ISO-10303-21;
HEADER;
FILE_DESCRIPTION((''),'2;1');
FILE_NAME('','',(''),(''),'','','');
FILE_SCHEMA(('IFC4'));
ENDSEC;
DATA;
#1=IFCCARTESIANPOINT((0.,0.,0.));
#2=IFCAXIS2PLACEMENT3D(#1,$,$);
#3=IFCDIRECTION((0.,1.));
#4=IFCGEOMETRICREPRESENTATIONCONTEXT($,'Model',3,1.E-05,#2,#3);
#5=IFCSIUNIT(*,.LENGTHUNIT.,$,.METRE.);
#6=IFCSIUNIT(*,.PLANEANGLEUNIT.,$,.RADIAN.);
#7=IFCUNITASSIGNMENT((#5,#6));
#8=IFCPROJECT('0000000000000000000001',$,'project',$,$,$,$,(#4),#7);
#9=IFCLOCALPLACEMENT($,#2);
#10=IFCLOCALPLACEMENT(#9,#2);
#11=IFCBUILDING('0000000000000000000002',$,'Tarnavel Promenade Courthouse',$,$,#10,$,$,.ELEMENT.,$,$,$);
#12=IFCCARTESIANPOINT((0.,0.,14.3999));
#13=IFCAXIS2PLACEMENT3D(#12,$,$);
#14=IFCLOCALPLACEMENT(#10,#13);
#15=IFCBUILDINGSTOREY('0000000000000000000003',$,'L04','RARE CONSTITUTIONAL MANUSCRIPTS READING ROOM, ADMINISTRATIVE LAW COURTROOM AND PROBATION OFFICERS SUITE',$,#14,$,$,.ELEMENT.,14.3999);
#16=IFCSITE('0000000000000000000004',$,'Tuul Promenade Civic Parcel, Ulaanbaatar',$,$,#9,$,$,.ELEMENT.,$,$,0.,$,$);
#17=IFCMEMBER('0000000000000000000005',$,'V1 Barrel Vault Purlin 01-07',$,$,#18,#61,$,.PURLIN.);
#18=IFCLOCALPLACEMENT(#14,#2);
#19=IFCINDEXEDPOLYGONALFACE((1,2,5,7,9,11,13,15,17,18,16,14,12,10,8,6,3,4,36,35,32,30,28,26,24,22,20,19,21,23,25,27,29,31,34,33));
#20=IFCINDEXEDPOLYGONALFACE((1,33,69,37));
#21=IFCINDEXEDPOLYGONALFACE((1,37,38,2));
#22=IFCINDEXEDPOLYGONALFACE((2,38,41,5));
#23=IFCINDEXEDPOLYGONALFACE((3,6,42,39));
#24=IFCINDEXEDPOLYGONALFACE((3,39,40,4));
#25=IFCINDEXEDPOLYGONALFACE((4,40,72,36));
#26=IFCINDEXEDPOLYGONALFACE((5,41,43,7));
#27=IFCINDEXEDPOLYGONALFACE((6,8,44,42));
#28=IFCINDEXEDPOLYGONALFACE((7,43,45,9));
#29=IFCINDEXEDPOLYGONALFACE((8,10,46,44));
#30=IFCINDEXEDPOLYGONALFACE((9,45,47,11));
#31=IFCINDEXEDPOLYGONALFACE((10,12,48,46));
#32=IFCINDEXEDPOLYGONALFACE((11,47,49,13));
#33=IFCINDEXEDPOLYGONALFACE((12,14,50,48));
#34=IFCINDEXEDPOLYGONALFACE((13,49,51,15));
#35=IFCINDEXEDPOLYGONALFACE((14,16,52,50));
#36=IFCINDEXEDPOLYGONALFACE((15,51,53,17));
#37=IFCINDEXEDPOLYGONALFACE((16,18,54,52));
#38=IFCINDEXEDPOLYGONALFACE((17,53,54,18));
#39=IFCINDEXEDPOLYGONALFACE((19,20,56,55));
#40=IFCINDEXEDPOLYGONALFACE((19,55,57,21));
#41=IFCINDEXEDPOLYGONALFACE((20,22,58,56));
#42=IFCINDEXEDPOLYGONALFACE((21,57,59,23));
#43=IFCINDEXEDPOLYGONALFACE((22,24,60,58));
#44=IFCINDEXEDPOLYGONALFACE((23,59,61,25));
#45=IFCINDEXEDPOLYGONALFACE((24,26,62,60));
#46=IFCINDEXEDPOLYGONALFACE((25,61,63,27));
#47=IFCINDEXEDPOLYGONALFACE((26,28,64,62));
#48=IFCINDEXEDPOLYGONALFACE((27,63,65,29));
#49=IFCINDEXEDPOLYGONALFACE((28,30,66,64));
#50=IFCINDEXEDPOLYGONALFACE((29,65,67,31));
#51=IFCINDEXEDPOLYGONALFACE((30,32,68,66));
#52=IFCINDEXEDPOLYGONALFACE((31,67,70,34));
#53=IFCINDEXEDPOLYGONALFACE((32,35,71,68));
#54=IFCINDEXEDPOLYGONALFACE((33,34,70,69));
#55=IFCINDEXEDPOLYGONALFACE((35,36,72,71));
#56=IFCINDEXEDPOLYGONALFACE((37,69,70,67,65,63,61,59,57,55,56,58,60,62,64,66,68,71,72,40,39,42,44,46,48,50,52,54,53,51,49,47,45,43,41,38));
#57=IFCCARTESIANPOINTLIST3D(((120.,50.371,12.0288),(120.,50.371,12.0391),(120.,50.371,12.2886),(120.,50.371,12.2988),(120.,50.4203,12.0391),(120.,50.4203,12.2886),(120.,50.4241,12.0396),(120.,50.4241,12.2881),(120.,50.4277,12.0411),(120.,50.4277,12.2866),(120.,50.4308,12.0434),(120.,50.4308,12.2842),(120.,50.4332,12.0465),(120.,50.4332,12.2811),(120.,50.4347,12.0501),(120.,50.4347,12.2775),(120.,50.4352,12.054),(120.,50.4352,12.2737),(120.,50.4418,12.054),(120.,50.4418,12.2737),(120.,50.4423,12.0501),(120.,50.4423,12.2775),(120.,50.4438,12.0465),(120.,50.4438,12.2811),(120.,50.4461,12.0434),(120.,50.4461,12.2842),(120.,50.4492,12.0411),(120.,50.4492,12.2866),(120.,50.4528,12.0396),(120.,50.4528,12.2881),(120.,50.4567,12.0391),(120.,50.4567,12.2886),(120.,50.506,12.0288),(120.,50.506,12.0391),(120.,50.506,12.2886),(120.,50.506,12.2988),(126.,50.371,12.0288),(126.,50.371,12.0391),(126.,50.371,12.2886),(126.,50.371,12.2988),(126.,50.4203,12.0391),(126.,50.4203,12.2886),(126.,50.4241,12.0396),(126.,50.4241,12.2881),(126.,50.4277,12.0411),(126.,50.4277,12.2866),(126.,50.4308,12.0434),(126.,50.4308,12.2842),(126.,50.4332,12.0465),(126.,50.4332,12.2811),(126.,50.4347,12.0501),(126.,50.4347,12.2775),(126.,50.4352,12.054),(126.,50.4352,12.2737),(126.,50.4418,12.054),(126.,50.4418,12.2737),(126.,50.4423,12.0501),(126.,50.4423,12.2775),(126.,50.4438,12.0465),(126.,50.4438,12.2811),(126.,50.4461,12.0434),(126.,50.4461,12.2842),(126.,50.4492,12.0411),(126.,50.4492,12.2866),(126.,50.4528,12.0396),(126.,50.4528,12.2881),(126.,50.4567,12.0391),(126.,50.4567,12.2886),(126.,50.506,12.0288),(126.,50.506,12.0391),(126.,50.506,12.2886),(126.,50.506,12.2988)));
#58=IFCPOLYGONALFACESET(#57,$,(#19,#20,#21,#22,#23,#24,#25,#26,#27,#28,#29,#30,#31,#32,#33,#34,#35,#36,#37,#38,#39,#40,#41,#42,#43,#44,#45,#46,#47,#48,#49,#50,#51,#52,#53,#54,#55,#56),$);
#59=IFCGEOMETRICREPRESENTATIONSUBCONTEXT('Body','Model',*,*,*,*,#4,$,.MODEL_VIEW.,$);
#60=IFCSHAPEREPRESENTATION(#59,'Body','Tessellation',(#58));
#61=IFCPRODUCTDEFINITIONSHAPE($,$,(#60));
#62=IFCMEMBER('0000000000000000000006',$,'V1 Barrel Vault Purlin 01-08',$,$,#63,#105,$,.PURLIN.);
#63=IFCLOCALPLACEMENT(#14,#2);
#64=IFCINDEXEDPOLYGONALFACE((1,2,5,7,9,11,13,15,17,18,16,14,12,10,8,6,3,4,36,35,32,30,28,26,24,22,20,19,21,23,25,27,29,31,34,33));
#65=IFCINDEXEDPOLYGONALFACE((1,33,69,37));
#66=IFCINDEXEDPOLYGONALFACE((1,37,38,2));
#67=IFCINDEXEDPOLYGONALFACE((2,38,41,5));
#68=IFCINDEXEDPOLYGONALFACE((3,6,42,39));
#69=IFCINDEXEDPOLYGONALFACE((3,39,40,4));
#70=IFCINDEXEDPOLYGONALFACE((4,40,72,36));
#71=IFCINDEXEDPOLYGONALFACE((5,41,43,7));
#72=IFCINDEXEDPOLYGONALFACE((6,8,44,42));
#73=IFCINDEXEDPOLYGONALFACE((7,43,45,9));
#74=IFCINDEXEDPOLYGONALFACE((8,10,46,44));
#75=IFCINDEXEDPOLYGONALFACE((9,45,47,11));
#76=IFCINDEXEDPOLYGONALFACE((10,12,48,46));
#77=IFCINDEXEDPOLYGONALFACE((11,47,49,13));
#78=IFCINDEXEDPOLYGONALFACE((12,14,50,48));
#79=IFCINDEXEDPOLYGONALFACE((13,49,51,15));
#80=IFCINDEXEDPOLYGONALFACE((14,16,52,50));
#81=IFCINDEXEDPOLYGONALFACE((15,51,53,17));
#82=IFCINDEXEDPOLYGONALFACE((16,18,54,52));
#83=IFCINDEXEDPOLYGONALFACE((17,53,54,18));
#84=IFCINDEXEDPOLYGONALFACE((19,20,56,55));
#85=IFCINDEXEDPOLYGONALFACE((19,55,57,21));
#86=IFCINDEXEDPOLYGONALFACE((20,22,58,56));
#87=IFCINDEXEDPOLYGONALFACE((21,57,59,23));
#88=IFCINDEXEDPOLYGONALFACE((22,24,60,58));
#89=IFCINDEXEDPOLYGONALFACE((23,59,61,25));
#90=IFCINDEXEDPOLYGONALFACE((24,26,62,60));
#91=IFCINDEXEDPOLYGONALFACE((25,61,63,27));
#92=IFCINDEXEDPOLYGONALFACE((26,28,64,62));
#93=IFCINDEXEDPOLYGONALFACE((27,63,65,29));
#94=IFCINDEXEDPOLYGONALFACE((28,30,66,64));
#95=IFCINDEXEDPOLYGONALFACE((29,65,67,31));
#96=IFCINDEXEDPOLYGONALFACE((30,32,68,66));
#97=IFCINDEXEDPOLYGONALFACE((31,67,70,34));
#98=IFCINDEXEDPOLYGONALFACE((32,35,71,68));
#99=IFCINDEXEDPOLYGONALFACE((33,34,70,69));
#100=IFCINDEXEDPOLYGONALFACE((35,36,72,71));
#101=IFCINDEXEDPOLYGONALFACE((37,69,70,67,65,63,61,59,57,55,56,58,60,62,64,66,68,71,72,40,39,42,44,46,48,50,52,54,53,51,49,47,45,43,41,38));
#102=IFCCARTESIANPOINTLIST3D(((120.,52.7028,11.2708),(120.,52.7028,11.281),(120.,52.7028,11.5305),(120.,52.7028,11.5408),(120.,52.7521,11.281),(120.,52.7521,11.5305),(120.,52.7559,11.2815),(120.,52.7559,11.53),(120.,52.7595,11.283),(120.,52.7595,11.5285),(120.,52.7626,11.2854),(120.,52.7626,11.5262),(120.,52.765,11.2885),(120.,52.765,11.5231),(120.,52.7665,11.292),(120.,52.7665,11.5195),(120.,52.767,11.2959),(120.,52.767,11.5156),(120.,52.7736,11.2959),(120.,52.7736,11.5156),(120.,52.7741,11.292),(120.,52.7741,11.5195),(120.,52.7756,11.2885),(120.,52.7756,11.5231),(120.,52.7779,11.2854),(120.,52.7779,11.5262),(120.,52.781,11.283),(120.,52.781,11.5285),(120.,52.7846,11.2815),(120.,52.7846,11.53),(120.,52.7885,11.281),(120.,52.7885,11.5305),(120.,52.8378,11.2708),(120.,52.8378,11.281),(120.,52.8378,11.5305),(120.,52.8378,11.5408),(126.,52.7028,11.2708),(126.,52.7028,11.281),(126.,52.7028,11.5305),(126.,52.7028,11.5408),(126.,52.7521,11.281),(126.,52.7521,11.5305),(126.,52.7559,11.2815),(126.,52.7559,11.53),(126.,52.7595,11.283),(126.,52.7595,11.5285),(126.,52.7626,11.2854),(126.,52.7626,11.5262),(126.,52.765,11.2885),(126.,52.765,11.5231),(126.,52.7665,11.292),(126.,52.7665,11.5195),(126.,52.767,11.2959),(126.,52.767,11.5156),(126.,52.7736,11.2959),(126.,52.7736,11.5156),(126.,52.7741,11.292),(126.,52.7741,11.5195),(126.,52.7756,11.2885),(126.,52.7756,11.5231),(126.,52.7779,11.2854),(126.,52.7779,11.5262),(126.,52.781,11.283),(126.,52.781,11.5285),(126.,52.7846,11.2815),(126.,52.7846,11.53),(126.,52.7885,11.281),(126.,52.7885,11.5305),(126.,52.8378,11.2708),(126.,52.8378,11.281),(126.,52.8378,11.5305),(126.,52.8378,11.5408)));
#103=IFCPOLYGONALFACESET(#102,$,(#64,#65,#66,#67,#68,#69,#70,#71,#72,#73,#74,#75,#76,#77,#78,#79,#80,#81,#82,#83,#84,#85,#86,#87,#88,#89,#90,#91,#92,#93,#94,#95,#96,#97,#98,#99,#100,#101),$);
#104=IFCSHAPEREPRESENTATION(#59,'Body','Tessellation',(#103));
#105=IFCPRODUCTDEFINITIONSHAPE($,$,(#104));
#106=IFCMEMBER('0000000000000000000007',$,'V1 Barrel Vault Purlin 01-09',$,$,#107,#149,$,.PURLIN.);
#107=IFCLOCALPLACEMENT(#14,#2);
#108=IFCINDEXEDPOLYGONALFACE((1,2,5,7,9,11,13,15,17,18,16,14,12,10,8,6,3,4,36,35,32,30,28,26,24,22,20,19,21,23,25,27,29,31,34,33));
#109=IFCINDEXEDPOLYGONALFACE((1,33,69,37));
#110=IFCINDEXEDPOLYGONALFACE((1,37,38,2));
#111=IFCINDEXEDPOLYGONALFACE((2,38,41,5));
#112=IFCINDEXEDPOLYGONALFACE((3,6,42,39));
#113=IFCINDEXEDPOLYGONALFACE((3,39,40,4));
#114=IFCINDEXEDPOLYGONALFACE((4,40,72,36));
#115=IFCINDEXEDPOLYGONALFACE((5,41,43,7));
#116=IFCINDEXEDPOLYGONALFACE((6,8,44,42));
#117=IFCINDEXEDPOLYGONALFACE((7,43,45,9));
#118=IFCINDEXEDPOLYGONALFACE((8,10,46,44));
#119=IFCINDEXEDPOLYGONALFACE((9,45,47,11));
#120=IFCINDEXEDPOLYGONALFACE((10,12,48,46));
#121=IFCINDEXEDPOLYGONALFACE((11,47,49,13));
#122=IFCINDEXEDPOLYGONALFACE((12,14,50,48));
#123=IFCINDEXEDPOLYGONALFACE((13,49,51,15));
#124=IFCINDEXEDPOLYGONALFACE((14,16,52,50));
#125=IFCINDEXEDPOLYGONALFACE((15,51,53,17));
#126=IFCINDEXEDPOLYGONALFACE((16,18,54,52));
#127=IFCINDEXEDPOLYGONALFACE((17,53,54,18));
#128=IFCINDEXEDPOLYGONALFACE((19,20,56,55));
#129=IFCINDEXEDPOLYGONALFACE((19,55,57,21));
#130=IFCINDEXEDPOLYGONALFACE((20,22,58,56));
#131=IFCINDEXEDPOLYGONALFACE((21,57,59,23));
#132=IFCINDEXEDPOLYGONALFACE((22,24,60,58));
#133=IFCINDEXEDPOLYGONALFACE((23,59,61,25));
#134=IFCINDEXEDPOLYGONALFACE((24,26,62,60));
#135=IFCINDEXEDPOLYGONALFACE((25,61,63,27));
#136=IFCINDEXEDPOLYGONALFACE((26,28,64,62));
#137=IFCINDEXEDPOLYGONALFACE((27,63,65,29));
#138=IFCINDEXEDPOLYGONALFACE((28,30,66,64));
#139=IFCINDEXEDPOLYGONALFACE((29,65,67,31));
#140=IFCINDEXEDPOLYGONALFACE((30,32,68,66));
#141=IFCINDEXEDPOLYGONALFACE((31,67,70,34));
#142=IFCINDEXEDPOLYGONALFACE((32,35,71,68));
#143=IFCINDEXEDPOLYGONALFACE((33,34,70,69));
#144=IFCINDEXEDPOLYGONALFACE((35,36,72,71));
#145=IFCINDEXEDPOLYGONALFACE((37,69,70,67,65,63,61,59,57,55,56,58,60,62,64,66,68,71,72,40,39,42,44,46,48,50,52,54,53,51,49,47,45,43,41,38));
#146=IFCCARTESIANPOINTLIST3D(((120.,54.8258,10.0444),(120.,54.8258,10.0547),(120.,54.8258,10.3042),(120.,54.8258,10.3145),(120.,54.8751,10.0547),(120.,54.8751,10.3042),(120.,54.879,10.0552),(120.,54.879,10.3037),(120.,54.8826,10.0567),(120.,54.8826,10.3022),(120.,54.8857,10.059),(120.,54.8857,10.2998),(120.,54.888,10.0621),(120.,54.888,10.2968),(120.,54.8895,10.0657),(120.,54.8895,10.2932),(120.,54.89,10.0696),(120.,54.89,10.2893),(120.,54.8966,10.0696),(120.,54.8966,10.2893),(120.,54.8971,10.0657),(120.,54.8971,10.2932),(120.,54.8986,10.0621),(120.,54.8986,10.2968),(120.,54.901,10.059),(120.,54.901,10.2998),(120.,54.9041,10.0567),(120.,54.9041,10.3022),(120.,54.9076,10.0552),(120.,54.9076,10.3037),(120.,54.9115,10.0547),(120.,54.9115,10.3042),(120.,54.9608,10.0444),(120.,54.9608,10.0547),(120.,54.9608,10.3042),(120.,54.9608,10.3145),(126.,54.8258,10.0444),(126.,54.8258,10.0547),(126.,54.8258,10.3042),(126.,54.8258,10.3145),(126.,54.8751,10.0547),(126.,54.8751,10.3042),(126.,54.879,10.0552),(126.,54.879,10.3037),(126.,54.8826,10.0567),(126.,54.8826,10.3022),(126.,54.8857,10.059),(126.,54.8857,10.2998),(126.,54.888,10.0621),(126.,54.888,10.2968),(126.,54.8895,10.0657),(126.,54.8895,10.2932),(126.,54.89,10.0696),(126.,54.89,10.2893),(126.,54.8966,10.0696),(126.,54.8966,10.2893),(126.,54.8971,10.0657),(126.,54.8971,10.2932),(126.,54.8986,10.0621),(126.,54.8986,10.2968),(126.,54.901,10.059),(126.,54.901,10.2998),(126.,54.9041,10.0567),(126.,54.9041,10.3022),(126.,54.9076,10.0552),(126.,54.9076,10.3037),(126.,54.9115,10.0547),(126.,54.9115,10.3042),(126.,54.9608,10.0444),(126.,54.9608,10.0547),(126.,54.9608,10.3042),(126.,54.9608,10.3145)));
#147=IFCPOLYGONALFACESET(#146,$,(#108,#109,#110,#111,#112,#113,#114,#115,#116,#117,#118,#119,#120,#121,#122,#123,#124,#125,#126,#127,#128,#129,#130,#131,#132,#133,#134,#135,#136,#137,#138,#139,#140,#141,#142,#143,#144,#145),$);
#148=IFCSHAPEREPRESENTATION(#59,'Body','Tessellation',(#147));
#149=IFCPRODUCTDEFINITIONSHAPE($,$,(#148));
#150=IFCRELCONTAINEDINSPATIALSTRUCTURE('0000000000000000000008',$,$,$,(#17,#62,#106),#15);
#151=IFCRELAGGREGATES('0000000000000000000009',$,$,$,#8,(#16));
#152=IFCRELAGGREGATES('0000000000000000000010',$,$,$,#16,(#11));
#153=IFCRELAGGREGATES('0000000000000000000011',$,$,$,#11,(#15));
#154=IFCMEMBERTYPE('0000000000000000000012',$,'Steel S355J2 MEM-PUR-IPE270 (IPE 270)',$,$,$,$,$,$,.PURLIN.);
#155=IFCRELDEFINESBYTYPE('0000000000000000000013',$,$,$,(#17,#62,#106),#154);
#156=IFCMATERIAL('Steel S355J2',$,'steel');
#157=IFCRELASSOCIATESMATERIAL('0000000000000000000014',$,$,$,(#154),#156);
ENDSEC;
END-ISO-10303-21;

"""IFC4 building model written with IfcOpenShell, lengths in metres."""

from ifc_helpers import new_model, si_unit, direction, frame, origin, origin_2d, place, context, subcontext, project, spatial, i_section, extrude, material, material_profile, profile_set, type_object, element, save


model = new_model("IFC4")

# Units and contexts
model_context = context("Model", 3, precision=1e-05, world=origin(), true_north=direction((0.0, 1.0)))
body_context = subcontext(model_context, "Body", "Model", "MODEL_VIEW")
ifc_project = project(units=[si_unit("LENGTHUNIT", "METRE"), si_unit("PLANEANGLEUNIT", "RADIAN")], contexts=[model_context])

# Site, building, storey
site_placement = place(None, origin())
site = spatial("IfcSite", under=ifc_project, at=site_placement, Name="Tuul Promenade Civic Parcel, Ulaanbaatar", CompositionType="ELEMENT", RefElevation=0.0)
building_placement = place(site_placement, origin())
building = spatial("IfcBuilding", under=site, at=building_placement, Name="Tarnavel Promenade Courthouse", CompositionType="ELEMENT")
storey_placement = place(building_placement, frame((0.0, 0.0, 14.3999)))
storey = spatial("IfcBuildingStorey", under=building, at=storey_placement, Name="L04", Description="RARE CONSTITUTIONAL MANUSCRIPTS READING ROOM, ADMINISTRATIVE LAW COURTROOM AND PROBATION OFFICERS SUITE", CompositionType="ELEMENT", Elevation=14.3999)

# Shared definitions
ifc_material_1 = material(Name="Steel S355J2", Category="steel")

# Members
ifc_material_profile_1 = material_profile(ifc_material_1, i_section(OverallWidth=0.135, OverallDepth=0.27, WebThickness=0.0066, FlangeThickness=0.0103, FilletRadius=0.0149, at=origin_2d()), Name="IPE 270")
ifc_profile_set_1 = profile_set([ifc_material_profile_1], Name="Steel S355J2")
member_type_1 = type_object("IfcMemberType", Name="Steel S355J2 MEM-PUR-IPE270 (IPE 270)", PredefinedType="PURLIN", material=ifc_profile_set_1)
for number, where, z_axis, x_axis, name in (
    (1, (120.0, 50.4385, 12.1638), (1.0, 0.0, 0.0), (0.0, 1.0, 0.0), "V1 Barrel Vault Purlin 01-07"),
    (2, (120.0, 52.7703, 11.4058), (1.0, 0.0, 0.0), (0.0, 1.0, 0.0), "V1 Barrel Vault Purlin 01-08"),
    (3, (120.0, 54.8933, 10.1794), (1.0, 0.0, 0.0), (0.0, 1.0, 0.0), "V1 Barrel Vault Purlin 01-09"),
):
    element("IfcMember", number, at=place(storey_placement, frame(where, z_axis=z_axis, x_axis=x_axis)), inside=storey, type_object=member_type_1, Name=name, PredefinedType="PURLIN", context=body_context, shape_type="SweptSolid", body=[
        extrude(i_section(OverallWidth=0.135, OverallDepth=0.27, WebThickness=0.0066, FlangeThickness=0.0103, FilletRadius=0.0149, at=origin_2d()), origin(), (0.0, 0.0, 1.0), 6.0),
    ])

save(model, "model.ifc")
